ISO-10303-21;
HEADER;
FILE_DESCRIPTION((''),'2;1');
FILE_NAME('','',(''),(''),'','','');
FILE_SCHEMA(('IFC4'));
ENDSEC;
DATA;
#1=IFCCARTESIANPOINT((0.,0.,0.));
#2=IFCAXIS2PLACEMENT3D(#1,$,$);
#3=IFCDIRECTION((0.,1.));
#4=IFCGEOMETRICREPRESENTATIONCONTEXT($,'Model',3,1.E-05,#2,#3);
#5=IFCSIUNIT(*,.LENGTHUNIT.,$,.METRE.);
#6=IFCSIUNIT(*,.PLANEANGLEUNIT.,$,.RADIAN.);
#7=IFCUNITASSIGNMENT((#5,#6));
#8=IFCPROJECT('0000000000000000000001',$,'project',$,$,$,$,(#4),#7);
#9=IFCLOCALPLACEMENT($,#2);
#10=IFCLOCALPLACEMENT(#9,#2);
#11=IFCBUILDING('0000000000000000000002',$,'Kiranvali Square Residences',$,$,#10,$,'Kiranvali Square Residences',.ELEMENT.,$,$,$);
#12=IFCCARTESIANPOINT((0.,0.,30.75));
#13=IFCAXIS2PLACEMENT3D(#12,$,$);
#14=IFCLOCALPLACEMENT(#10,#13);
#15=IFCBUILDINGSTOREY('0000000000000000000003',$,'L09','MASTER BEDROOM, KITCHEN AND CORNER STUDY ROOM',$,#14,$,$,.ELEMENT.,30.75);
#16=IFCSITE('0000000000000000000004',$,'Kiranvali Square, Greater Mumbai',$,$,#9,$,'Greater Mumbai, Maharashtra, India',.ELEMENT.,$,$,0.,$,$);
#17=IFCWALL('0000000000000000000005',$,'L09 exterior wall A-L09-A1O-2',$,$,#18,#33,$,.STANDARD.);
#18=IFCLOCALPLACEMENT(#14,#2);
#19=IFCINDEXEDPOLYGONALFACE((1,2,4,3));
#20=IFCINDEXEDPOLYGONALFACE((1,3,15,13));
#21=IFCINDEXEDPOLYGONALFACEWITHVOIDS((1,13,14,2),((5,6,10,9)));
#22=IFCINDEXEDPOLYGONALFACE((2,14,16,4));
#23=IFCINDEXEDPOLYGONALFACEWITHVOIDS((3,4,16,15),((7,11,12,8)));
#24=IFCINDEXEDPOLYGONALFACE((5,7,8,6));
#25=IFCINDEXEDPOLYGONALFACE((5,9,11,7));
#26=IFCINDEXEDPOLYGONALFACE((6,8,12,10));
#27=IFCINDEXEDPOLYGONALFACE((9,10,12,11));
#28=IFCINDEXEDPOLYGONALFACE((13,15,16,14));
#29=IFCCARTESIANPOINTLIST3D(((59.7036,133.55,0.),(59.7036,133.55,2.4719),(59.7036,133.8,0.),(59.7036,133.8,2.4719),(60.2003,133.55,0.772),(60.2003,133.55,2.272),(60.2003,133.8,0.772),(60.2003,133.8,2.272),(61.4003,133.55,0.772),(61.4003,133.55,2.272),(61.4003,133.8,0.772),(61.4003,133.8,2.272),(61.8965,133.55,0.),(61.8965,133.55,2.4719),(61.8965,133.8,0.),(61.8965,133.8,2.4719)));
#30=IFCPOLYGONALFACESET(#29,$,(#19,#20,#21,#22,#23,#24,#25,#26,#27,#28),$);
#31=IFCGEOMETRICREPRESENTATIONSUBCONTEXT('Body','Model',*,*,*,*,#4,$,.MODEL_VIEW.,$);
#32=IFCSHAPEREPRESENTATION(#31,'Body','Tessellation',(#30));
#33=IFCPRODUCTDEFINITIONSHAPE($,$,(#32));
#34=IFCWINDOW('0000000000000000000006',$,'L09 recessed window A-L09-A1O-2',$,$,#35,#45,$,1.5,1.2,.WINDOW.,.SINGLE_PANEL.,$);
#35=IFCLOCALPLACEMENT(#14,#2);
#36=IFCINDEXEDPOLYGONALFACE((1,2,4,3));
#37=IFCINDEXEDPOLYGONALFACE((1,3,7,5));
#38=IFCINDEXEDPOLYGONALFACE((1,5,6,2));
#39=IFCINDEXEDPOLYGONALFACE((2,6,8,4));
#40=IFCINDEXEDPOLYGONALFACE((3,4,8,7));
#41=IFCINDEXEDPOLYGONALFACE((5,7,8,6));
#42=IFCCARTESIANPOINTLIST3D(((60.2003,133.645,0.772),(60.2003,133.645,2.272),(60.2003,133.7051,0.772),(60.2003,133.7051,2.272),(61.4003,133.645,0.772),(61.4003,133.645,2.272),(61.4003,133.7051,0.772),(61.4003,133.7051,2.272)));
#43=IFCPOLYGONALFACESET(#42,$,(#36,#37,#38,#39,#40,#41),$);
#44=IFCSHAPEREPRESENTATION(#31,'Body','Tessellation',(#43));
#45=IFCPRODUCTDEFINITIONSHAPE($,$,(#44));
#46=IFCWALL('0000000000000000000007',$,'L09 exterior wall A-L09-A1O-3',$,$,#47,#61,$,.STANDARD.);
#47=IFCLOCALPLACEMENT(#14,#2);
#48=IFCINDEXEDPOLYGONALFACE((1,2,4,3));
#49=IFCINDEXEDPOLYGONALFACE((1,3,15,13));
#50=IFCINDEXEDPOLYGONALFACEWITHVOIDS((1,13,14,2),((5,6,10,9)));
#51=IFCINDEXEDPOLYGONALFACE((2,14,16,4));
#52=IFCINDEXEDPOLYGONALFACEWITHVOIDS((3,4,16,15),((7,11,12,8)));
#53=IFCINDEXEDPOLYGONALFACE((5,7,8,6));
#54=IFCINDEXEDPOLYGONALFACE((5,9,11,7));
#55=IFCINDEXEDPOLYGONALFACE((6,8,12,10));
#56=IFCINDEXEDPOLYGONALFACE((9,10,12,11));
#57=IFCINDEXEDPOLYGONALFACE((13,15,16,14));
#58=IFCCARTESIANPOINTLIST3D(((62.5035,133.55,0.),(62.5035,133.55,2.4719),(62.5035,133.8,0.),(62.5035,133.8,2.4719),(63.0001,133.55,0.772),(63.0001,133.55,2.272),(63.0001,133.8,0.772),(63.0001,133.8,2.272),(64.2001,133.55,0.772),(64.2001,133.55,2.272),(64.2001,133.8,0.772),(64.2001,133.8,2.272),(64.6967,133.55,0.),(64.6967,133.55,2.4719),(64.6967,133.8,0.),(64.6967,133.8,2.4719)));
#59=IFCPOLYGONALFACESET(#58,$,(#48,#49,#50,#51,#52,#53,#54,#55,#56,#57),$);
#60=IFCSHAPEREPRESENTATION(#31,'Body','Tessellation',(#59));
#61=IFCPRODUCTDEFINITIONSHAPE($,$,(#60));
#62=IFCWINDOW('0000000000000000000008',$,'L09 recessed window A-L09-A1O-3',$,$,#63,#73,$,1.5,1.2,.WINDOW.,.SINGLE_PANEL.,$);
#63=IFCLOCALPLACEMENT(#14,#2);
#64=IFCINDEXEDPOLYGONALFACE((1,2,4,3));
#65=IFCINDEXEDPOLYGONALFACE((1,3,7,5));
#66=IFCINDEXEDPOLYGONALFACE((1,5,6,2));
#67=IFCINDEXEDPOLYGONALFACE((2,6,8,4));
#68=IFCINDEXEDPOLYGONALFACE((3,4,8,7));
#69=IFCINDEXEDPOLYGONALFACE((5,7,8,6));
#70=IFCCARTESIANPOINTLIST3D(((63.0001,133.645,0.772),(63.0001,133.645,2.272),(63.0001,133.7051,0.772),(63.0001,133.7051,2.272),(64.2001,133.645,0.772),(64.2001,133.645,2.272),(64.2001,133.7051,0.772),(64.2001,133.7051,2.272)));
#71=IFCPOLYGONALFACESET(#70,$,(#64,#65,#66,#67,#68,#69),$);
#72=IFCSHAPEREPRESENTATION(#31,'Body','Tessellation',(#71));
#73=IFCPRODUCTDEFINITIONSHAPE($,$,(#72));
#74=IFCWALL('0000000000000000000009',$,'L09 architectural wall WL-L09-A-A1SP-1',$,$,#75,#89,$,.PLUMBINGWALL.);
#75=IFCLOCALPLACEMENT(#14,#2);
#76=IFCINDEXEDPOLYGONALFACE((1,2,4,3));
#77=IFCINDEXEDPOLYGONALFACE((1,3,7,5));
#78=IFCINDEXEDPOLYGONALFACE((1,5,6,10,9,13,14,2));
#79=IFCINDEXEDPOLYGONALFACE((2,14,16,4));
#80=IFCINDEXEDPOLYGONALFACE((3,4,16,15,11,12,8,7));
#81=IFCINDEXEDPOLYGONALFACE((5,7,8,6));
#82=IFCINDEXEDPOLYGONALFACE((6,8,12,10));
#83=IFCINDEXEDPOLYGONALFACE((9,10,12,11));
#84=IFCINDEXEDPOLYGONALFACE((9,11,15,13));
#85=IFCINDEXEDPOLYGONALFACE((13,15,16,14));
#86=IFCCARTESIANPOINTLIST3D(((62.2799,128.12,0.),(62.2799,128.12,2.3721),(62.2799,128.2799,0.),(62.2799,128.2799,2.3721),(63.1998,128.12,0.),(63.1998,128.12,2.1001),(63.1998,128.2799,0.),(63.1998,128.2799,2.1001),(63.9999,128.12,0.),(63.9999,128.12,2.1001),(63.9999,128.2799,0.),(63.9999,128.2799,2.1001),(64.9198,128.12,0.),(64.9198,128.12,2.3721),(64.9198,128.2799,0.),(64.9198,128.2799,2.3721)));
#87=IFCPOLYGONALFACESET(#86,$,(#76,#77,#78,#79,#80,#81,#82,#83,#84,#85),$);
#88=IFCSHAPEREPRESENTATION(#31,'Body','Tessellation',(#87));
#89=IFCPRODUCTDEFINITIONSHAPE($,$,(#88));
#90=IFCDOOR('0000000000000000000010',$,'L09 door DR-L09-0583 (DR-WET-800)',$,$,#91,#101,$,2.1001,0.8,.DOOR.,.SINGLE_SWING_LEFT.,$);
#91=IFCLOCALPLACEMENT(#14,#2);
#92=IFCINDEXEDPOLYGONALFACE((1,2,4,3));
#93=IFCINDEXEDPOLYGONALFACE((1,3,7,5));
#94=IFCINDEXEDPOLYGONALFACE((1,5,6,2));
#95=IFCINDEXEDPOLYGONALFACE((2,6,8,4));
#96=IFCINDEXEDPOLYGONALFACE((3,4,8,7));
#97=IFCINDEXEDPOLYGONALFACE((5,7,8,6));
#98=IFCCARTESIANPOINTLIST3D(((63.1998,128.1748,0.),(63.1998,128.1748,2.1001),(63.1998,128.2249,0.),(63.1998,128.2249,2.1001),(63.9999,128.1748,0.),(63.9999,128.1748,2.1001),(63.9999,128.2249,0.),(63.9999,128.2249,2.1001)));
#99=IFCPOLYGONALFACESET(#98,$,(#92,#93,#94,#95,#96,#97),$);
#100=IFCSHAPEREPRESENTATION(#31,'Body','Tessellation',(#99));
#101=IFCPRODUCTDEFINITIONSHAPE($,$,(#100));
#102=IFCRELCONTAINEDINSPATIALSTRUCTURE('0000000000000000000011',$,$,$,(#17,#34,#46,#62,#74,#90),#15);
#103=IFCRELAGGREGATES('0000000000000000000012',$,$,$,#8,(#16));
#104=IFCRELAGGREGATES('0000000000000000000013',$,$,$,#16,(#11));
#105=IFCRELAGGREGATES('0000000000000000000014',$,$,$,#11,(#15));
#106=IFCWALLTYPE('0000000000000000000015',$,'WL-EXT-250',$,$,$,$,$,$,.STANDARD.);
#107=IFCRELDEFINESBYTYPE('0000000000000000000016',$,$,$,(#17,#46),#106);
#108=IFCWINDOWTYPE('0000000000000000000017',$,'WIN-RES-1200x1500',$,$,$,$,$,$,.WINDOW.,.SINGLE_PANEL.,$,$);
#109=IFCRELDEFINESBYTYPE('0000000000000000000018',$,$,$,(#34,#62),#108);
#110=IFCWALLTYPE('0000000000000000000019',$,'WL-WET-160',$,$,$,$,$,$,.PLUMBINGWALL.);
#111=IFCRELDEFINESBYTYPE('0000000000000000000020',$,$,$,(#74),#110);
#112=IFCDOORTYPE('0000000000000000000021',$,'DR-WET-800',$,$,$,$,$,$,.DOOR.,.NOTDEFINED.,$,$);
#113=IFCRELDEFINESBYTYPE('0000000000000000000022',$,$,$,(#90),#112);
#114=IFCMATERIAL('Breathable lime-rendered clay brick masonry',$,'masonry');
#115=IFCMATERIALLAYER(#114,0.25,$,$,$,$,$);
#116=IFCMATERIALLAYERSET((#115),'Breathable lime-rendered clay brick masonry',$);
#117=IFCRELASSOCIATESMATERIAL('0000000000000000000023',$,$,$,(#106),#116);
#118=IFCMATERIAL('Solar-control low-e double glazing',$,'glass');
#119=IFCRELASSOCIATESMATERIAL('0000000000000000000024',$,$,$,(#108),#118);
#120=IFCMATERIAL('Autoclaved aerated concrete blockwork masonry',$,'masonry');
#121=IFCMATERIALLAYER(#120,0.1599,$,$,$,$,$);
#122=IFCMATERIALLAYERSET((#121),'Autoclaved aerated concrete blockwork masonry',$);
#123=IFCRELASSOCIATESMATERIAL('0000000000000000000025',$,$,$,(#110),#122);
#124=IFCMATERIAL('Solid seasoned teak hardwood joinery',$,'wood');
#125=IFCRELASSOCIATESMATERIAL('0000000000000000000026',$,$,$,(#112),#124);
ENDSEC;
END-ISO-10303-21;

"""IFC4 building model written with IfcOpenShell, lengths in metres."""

from ifc_helpers import new_model, si_unit, direction, frame, frame_2d, origin, place, context, subcontext, project, spatial, rectangle, extrude, material, layer, layer_set, type_object, element, fill, save


model = new_model("IFC4")

# Units and contexts
model_context = context("Model", 3, precision=1e-05, world=origin(), true_north=direction((0.0, 1.0)))
body_context = subcontext(model_context, "Body", "Model", "MODEL_VIEW")
ifc_project = project(units=[si_unit("LENGTHUNIT", "METRE"), si_unit("PLANEANGLEUNIT", "RADIAN")], contexts=[model_context])

# Site, building, storey
site_placement = place(None, origin())
site = spatial("IfcSite", under=ifc_project, at=site_placement, Name="Kiranvali Square, Greater Mumbai", LongName="Greater Mumbai, Maharashtra, India", CompositionType="ELEMENT", RefElevation=0.0)
building_placement = place(site_placement, origin())
building = spatial("IfcBuilding", under=site, at=building_placement, Name="Kiranvali Square Residences", LongName="Kiranvali Square Residences", CompositionType="ELEMENT")
storey_placement = place(building_placement, frame((0.0, 0.0, 30.75)))
storey = spatial("IfcBuildingStorey", under=building, at=storey_placement, Name="L09", Description="MASTER BEDROOM, KITCHEN AND CORNER STUDY ROOM", CompositionType="ELEMENT", Elevation=30.75)

# Walls, openings, windows
ifc_material_1 = material(Name="Breathable lime-rendered clay brick masonry", Category="masonry")
ifc_layer_1 = layer(ifc_material_1, 0.25)
ifc_layer_set_1 = layer_set([ifc_layer_1], Name="Breathable lime-rendered clay brick masonry")
wall_type_1 = type_object("IfcWallType", Name="WL-EXT-250", PredefinedType="STANDARD", material=ifc_layer_set_1)
ifc_material_2 = material(Name="Solar-control low-e double glazing", Category="glass")
wall_1_placement = place(storey_placement, frame((59.7036, 133.675, 0.0), z_axis=(0.0, 0.0, 1.0), x_axis=(1.0, 0.0, 0.0)))
wall_1 = element("IfcWall", 1, at=wall_1_placement, inside=storey, type_object=wall_type_1, Name="L09 exterior wall A-L09-A1O-2", PredefinedType="STANDARD", context=body_context, shape_type="SweptSolid", body=[
    extrude(rectangle(XDim=2.1929, YDim=0.25, at=frame_2d((1.0964, 0.0))), origin(), (0.0, 0.0, 1.0), 2.4719),
])
opening_1_placement = place(wall_1_placement, frame((0.4966, 0.0, 0.772)))
opening_1 = element("IfcOpeningElement", 2, at=opening_1_placement, cuts=wall_1, PredefinedType="OPENING", context=body_context, shape_type="SweptSolid", body=[
    extrude(rectangle(XDim=1.2, YDim=1.5, at=frame_2d((0.6001, 0.75))), frame((0.0, 0.135, 0.0), z_axis=(0.0, -1.0, 0.0), x_axis=(1.0, 0.0, 0.0)), (0.0, 0.0, 1.0), 0.27),
])
window_type_1 = type_object("IfcWindowType", Name="WIN-RES-1200x1500", PartitioningType="SINGLE_PANEL", PredefinedType="WINDOW", material=ifc_material_2)
window_1_placement = place(opening_1_placement, origin())
window_1 = element("IfcWindow", 3, at=window_1_placement, inside=storey, type_object=window_type_1, Name="L09 recessed window A-L09-A1O-2", OverallHeight=1.5, OverallWidth=1.2, PartitioningType="SINGLE_PANEL", PredefinedType="WINDOW", context=body_context, shape_type="SweptSolid", body=[
    extrude(rectangle(XDim=1.2, YDim=1.5, at=frame_2d((0.6001, 0.75))), frame((0.0, 0.03, 0.0), z_axis=(0.0, -1.0, 0.0), x_axis=(1.0, 0.0, 0.0)), (0.0, 0.0, 1.0), 0.0601),
])
fill(opening_1, window_1)
wall_2_placement = place(storey_placement, frame((62.5034, 133.675, 0.0), z_axis=(0.0, 0.0, 1.0), x_axis=(1.0, 0.0, 0.0)))
wall_2 = element("IfcWall", 4, at=wall_2_placement, inside=storey, type_object=wall_type_1, Name="L09 exterior wall A-L09-A1O-3", PredefinedType="STANDARD", context=body_context, shape_type="SweptSolid", body=[
    extrude(rectangle(XDim=2.1931, YDim=0.25, at=frame_2d((1.0967, 0.0))), origin(), (0.0, 0.0, 1.0), 2.4719),
])
opening_2_placement = place(wall_2_placement, frame((0.4966, 0.0, 0.772)))
opening_2 = element("IfcOpeningElement", 5, at=opening_2_placement, cuts=wall_2, PredefinedType="OPENING", context=body_context, shape_type="SweptSolid", body=[
    extrude(rectangle(XDim=1.2, YDim=1.5, at=frame_2d((0.6001, 0.75))), frame((0.0, 0.135, 0.0), z_axis=(0.0, -1.0, 0.0), x_axis=(1.0, 0.0, 0.0)), (0.0, 0.0, 1.0), 0.27),
])
window_2_placement = place(opening_2_placement, origin())
window_2 = element("IfcWindow", 6, at=window_2_placement, inside=storey, type_object=window_type_1, Name="L09 recessed window A-L09-A1O-3", OverallHeight=1.5, OverallWidth=1.2, PartitioningType="SINGLE_PANEL", PredefinedType="WINDOW", context=body_context, shape_type="SweptSolid", body=[
    extrude(rectangle(XDim=1.2, YDim=1.5, at=frame_2d((0.6001, 0.75))), frame((0.0, 0.03, 0.0), z_axis=(0.0, -1.0, 0.0), x_axis=(1.0, 0.0, 0.0)), (0.0, 0.0, 1.0), 0.0601),
])
fill(opening_2, window_2)

# Wall, opening, door
ifc_material_3 = material(Name="Autoclaved aerated concrete blockwork masonry", Category="masonry")
ifc_layer_2 = layer(ifc_material_3, 0.1599)
ifc_layer_set_2 = layer_set([ifc_layer_2], Name="Autoclaved aerated concrete blockwork masonry")
wall_type_2 = type_object("IfcWallType", Name="WL-WET-160", PredefinedType="PLUMBINGWALL", material=ifc_layer_set_2)
wall_3_placement = place(storey_placement, frame((62.28, 128.2, 0.0), z_axis=(0.0, 0.0, 1.0), x_axis=(1.0, 0.0, 0.0)))
wall_3 = element("IfcWall", 7, at=wall_3_placement, inside=storey, type_object=wall_type_2, Name="L09 architectural wall WL-L09-A-A1SP-1", PredefinedType="PLUMBINGWALL", context=body_context, shape_type="SweptSolid", body=[
    extrude(rectangle(XDim=2.6399, YDim=0.1599, at=frame_2d((1.3198, 0.0))), origin(), (0.0, 0.0, 1.0), 2.3721),
])
opening_3_placement = place(wall_3_placement, frame((0.9199, 0.0, 0.0)))
opening_3 = element("IfcOpeningElement", 8, at=opening_3_placement, cuts=wall_3, PredefinedType="OPENING", context=body_context, shape_type="SweptSolid", body=[
    extrude(rectangle(XDim=0.8, YDim=2.1001, at=frame_2d((0.3999, 1.05))), frame((0.0, 0.0898, 0.0), z_axis=(0.0, -1.0, 0.0), x_axis=(1.0, 0.0, 0.0)), (0.0, 0.0, 1.0), 0.1799),
])
ifc_material_4 = material(Name="Solid seasoned teak hardwood joinery", Category="wood")
door_type = type_object("IfcDoorType", Name="DR-WET-800", OperationType="NOTDEFINED", PredefinedType="DOOR", material=ifc_material_4)
door_placement = place(opening_3_placement, origin())
door = element("IfcDoor", 9, at=door_placement, inside=storey, type_object=door_type, Name="L09 door DR-L09-0583 (DR-WET-800)", OperationType="SINGLE_SWING_LEFT", OverallHeight=2.1001, OverallWidth=0.8, PredefinedType="DOOR", context=body_context, shape_type="SweptSolid", body=[
    extrude(rectangle(XDim=0.8, YDim=2.1001, at=frame_2d((0.3999, 1.05))), frame((0.0, 0.0249, 0.0), z_axis=(0.0, -1.0, 0.0), x_axis=(1.0, 0.0, 0.0)), (0.0, 0.0, 1.0), 0.05),
])
fill(opening_3, door)

save(model, "model.ifc")
